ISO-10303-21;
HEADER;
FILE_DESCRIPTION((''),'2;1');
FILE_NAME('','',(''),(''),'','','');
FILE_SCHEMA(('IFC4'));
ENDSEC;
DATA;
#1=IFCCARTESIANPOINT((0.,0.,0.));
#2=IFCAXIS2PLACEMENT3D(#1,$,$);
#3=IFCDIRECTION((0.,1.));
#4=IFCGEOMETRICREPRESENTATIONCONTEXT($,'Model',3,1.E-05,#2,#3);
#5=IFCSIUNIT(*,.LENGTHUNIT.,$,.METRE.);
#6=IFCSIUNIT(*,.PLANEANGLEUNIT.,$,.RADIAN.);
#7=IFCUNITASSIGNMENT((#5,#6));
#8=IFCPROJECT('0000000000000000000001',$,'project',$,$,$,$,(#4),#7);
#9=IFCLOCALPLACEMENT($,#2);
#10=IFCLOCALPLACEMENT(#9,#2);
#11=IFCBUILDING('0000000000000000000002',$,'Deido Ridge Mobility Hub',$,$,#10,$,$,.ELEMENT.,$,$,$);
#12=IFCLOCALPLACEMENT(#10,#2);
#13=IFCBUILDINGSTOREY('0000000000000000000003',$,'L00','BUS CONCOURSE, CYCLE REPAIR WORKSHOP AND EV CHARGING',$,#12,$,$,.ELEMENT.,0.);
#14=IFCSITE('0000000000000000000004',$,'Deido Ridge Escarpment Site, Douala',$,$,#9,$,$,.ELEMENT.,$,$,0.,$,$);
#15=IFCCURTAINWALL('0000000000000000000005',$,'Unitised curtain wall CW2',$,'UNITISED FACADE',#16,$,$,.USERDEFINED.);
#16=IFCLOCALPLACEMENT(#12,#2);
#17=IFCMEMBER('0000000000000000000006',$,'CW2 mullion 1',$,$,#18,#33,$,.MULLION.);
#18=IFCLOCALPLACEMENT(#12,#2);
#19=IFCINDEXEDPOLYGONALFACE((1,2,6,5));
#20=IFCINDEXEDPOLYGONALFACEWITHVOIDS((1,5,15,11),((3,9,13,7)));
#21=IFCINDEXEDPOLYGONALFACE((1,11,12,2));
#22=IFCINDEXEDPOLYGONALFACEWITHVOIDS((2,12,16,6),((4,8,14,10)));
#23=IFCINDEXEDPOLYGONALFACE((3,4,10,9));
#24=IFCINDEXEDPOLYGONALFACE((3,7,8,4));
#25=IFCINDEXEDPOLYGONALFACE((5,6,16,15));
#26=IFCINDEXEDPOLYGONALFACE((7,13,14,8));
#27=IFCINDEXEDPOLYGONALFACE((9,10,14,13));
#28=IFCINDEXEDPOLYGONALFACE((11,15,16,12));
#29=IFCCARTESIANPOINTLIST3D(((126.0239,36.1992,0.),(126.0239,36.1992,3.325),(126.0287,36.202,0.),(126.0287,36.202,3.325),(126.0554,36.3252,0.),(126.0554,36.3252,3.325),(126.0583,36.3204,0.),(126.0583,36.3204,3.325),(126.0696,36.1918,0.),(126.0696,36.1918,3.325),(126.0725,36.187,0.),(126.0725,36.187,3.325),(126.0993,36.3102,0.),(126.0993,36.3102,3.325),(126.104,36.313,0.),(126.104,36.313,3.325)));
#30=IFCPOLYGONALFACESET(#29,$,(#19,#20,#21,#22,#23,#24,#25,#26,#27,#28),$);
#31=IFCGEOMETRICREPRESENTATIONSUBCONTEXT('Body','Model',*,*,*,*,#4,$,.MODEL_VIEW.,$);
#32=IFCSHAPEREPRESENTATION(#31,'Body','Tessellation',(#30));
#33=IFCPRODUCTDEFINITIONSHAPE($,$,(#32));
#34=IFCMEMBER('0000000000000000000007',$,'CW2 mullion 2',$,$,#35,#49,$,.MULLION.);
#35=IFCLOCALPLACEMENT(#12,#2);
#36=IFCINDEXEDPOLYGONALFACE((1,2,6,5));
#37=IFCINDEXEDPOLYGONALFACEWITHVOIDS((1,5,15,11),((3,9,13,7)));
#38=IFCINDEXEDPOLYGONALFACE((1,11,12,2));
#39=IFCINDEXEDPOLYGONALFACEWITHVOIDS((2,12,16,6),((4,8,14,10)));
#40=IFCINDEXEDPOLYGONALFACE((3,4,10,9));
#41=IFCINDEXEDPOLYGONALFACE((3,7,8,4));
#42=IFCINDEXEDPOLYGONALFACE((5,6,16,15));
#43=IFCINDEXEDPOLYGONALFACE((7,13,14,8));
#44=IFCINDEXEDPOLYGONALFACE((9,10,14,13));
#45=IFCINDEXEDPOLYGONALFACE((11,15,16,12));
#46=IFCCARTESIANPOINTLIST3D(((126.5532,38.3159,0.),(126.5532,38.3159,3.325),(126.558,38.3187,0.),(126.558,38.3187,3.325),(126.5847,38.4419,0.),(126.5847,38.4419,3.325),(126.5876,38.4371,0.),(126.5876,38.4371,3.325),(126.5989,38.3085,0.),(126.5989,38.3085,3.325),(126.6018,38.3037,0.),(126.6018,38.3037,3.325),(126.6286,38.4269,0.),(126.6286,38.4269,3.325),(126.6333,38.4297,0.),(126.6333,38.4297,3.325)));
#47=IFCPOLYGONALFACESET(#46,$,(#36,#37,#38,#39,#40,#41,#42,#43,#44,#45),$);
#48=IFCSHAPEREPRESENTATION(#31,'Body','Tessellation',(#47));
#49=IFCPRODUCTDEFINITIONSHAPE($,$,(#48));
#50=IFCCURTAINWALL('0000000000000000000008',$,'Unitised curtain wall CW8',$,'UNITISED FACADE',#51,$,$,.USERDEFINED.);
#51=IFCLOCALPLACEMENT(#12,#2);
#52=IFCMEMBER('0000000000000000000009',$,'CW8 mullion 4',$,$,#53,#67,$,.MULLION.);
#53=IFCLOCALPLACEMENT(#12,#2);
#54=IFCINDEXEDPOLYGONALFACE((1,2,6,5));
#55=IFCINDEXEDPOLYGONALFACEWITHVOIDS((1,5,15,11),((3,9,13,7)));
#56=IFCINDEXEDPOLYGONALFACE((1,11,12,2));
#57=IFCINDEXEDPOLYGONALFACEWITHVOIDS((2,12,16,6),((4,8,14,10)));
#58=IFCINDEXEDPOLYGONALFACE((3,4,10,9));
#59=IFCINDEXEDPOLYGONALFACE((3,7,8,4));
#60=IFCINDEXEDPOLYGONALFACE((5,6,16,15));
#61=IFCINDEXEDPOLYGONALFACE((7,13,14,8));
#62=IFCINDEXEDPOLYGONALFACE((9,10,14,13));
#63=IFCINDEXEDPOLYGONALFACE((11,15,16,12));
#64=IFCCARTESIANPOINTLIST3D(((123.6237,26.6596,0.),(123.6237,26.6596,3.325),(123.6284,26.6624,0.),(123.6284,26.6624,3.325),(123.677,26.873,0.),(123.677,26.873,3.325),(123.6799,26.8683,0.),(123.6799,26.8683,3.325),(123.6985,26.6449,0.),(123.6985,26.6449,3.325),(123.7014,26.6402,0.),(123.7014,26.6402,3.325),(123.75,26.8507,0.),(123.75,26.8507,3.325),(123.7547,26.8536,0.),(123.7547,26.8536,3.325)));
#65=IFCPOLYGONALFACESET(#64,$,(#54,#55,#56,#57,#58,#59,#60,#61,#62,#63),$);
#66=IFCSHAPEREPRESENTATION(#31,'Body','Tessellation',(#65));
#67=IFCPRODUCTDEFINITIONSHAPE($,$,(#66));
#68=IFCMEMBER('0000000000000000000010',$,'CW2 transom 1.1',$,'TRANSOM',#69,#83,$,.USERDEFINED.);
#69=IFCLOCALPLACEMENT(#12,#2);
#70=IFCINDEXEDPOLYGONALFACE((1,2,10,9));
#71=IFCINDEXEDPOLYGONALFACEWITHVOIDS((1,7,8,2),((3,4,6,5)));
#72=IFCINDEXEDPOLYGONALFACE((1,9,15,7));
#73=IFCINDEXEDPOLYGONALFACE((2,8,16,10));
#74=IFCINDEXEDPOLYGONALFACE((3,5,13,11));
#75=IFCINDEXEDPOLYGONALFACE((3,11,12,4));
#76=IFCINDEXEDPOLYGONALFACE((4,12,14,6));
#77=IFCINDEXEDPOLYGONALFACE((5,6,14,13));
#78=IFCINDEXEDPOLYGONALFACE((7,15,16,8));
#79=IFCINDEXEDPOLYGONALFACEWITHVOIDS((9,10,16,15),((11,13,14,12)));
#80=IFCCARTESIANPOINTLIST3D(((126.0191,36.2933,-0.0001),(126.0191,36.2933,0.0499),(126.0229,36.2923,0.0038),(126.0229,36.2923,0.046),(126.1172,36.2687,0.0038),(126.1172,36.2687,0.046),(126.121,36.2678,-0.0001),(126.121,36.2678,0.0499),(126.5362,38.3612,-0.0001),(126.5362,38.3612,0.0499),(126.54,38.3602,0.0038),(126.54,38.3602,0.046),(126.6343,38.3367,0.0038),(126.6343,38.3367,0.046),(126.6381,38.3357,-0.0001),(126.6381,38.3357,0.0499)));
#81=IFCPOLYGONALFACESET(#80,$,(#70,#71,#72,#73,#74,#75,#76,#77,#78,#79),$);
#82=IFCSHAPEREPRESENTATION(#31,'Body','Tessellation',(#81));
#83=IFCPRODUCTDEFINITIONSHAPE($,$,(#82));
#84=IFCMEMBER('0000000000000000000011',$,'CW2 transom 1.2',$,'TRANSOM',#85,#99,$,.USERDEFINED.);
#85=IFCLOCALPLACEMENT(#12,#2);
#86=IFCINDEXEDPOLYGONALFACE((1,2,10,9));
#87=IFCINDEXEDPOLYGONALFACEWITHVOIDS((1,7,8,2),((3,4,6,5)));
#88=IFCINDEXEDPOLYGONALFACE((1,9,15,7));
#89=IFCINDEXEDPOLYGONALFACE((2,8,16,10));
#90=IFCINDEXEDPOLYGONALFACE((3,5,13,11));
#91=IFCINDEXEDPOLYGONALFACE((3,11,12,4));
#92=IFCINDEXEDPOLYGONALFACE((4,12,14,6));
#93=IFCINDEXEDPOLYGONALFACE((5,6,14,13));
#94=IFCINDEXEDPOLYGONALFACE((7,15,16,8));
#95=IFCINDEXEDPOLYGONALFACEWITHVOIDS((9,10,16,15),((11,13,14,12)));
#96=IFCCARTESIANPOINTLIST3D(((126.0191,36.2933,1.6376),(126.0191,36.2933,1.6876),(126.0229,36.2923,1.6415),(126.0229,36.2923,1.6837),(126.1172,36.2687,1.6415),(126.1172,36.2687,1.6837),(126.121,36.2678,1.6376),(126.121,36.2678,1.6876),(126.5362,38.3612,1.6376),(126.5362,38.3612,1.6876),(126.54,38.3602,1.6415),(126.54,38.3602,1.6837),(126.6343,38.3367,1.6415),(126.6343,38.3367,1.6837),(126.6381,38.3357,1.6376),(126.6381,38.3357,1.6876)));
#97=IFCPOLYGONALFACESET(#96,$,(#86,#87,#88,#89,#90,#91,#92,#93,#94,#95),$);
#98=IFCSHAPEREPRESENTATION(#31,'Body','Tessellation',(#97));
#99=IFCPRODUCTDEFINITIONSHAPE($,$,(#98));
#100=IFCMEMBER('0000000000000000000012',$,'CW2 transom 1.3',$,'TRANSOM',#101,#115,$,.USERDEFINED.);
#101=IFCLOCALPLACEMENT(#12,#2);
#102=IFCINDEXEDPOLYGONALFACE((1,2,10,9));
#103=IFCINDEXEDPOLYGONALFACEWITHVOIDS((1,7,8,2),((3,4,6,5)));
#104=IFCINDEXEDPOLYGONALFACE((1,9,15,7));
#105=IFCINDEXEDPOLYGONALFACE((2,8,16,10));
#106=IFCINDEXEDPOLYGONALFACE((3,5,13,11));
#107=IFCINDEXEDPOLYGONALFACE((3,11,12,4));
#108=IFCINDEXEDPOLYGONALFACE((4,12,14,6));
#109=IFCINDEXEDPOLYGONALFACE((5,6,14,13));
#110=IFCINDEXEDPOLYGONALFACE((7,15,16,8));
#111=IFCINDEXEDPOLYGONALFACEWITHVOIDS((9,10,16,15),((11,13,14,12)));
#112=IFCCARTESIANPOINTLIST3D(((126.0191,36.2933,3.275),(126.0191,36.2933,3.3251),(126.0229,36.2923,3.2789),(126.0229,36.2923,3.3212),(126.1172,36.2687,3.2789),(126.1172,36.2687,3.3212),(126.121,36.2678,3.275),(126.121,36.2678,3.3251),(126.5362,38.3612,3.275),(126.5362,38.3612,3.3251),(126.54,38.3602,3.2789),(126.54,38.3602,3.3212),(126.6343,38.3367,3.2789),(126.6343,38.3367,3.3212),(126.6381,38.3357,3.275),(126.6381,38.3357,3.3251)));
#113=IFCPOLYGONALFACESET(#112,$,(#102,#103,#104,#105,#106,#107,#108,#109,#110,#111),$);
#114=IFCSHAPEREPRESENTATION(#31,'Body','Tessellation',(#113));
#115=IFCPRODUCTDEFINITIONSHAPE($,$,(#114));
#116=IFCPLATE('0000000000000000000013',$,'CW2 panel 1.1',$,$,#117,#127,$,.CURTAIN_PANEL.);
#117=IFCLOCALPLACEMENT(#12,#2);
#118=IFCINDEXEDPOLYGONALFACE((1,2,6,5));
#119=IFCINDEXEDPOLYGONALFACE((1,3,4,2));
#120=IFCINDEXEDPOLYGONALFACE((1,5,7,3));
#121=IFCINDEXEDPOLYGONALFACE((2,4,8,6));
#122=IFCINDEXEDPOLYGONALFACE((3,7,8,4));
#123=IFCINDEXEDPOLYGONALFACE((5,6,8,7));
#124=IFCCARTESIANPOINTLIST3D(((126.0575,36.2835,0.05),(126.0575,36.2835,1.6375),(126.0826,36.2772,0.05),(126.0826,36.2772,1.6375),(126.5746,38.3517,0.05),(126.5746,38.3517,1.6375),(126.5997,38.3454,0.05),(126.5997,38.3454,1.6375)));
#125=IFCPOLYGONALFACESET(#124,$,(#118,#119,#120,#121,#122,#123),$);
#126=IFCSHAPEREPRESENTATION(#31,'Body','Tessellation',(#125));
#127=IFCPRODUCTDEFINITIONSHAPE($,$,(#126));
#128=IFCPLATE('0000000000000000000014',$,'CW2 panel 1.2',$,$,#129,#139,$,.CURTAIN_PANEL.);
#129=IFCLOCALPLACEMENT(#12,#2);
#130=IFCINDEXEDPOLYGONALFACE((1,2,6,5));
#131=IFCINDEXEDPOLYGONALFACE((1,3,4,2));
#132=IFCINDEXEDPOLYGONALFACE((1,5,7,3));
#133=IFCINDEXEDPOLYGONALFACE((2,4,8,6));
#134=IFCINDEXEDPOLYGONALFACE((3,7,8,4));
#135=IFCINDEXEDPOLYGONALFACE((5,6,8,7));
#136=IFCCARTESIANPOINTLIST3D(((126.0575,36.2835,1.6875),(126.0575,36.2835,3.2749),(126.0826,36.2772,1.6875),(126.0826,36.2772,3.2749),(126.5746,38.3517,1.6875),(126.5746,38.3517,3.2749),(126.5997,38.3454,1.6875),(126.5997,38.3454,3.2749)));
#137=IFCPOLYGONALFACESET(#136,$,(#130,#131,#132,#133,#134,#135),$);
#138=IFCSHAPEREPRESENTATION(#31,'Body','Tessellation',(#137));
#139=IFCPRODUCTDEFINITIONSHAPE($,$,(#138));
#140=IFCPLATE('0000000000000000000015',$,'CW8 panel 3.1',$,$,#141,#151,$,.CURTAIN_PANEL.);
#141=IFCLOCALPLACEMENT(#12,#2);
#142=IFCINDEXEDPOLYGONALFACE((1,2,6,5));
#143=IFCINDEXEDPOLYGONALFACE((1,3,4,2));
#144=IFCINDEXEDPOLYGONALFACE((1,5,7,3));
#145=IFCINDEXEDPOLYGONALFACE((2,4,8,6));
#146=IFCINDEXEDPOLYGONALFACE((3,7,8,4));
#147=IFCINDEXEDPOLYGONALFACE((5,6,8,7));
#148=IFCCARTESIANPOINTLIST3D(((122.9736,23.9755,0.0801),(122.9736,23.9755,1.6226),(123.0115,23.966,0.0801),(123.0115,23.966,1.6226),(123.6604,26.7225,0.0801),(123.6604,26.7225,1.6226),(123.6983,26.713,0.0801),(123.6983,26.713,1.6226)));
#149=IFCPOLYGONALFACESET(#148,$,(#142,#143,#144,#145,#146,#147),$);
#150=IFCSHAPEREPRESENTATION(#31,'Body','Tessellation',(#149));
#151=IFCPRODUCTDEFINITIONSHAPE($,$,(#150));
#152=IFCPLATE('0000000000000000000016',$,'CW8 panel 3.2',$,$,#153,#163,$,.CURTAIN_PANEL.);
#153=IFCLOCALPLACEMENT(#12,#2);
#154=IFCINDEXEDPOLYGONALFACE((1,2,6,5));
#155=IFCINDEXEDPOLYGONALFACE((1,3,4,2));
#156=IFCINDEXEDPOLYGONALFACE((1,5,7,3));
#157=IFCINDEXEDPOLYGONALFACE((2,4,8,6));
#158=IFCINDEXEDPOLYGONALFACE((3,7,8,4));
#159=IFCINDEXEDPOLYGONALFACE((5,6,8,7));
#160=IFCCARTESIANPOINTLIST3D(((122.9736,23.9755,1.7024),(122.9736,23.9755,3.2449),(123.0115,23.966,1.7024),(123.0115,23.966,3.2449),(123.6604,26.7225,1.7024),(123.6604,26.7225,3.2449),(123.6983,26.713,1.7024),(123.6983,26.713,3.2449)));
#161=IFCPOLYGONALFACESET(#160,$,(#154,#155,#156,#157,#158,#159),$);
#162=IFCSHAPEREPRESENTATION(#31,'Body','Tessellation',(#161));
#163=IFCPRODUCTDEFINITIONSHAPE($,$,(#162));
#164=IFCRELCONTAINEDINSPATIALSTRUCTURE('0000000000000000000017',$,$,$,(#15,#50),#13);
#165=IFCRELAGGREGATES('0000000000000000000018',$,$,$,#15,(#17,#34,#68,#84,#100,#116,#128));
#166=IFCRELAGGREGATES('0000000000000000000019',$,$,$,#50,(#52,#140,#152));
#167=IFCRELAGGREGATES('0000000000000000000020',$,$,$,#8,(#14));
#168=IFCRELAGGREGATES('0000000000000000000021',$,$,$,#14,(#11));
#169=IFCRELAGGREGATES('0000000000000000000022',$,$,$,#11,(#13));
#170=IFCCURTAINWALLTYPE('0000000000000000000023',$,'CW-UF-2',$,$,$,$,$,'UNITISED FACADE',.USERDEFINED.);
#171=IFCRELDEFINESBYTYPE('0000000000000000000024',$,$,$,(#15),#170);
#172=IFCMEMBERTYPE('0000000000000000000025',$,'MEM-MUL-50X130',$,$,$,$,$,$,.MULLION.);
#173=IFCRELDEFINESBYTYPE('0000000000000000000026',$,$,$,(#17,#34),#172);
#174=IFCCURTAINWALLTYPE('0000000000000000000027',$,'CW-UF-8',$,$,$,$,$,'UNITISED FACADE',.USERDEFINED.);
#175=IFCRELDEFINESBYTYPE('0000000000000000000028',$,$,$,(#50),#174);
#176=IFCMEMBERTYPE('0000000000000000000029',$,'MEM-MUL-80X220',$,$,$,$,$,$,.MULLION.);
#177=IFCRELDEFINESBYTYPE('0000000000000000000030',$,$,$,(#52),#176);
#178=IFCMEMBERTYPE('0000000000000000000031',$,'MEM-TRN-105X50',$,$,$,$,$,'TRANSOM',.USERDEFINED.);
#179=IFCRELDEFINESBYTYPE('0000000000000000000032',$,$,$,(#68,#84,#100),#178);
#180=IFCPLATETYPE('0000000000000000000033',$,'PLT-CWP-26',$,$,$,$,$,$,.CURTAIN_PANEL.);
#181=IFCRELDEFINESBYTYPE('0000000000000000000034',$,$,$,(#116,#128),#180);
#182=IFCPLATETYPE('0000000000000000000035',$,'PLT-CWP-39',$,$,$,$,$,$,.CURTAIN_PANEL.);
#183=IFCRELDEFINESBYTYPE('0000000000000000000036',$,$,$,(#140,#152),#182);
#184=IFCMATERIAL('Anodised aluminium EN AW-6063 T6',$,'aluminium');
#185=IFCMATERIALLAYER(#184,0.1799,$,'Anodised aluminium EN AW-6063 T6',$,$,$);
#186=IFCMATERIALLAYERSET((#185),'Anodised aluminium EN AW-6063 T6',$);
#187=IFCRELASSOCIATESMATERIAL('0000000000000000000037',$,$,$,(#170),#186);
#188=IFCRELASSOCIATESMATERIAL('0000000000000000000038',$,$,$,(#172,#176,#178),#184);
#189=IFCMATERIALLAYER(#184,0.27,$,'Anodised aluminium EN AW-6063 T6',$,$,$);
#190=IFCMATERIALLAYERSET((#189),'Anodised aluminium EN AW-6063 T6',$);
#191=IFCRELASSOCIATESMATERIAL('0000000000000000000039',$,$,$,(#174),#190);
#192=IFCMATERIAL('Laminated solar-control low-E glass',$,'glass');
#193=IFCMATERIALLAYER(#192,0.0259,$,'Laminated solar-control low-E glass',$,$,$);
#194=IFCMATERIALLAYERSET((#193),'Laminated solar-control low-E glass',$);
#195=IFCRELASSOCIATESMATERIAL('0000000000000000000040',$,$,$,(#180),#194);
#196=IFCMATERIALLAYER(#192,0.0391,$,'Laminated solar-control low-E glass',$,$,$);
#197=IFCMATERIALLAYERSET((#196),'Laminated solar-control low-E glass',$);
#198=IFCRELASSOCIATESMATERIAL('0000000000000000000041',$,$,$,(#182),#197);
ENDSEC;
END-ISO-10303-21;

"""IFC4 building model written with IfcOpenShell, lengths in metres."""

from ifc_helpers import new_model, si_unit, direction, frame, origin, origin_2d, place, context, subcontext, project, spatial, rectangle, hollow_rectangle, extrude, material, layer, layer_set, material_profile, profile_set, type_object, element, aggregate, save


model = new_model("IFC4")

# Units and contexts
model_context = context("Model", 3, precision=1e-05, world=origin(), true_north=direction((0.0, 1.0)))
body_context = subcontext(model_context, "Body", "Model", "MODEL_VIEW")
ifc_project = project(units=[si_unit("LENGTHUNIT", "METRE"), si_unit("PLANEANGLEUNIT", "RADIAN")], contexts=[model_context])

# Site, building, storey
site_placement = place(None, origin())
site = spatial("IfcSite", under=ifc_project, at=site_placement, Name="Deido Ridge Escarpment Site, Douala", CompositionType="ELEMENT", RefElevation=0.0)
building_placement = place(site_placement, origin())
building = spatial("IfcBuilding", under=site, at=building_placement, Name="Deido Ridge Mobility Hub", CompositionType="ELEMENT")
storey_placement = place(building_placement, origin())
storey = spatial("IfcBuildingStorey", under=building, at=storey_placement, Name="L00", Description="BUS CONCOURSE, CYCLE REPAIR WORKSHOP AND EV CHARGING", CompositionType="ELEMENT", Elevation=0.0)

# Curtain wall, members
ifc_material_1 = material(Name="Anodised aluminium EN AW-6063 T6", Category="aluminium")
ifc_layer_1 = layer(ifc_material_1, 0.1799, Name="Anodised aluminium EN AW-6063 T6")
ifc_layer_set_1 = layer_set([ifc_layer_1], Name="Anodised aluminium EN AW-6063 T6")
curtain_wall_type_1 = type_object("IfcCurtainWallType", Name="CW-UF-2", ElementType="UNITISED FACADE", PredefinedType="USERDEFINED", material=ifc_layer_set_1)
curtain_wall_1_placement = place(storey_placement, origin())
curtain_wall_1 = element("IfcCurtainWall", 1, at=curtain_wall_1_placement, inside=storey, type_object=curtain_wall_type_1, Name="Unitised curtain wall CW2", ObjectType="UNITISED FACADE", PredefinedType="USERDEFINED")
ifc_material_profile_1 = material_profile(ifc_material_1, hollow_rectangle(XDim=0.05, YDim=0.1299, WallThickness=0.0039, at=origin_2d()), Name="RHS 50x130x4")
ifc_profile_set_1 = profile_set([ifc_material_profile_1], Name="Anodised aluminium EN AW-6063 T6")
member_type_1 = type_object("IfcMemberType", Name="MEM-MUL-50X130", PredefinedType="MULLION", material=ifc_profile_set_1)
member_1_placement = place(storey_placement, frame((126.064, 36.2561, 0.0), z_axis=(0.0, 0.0, 1.0), x_axis=(-0.970144, 0.24253, 0.0)))
member_1 = element("IfcMember", 2, at=member_1_placement, type_object=member_type_1, Name="CW2 mullion 1", PredefinedType="MULLION", context=body_context, shape_type="SweptSolid", body=[
    extrude(hollow_rectangle(XDim=0.05, YDim=0.1299, WallThickness=0.0039, at=origin_2d()), origin(), (0.0, 0.0, 1.0), 3.325),
])
member_2_placement = place(storey_placement, frame((126.5933, 38.3728, 0.0), z_axis=(0.0, 0.0, 1.0), x_axis=(-0.970144, 0.24253, 0.0)))
member_2 = element("IfcMember", 3, at=member_2_placement, type_object=member_type_1, Name="CW2 mullion 2", PredefinedType="MULLION", context=body_context, shape_type="SweptSolid", body=[
    extrude(hollow_rectangle(XDim=0.05, YDim=0.1299, WallThickness=0.0039, at=origin_2d()), origin(), (0.0, 0.0, 1.0), 3.325),
])

# Curtain wall, member
ifc_layer_2 = layer(ifc_material_1, 0.27, Name="Anodised aluminium EN AW-6063 T6")
ifc_layer_set_2 = layer_set([ifc_layer_2], Name="Anodised aluminium EN AW-6063 T6")
curtain_wall_type_2 = type_object("IfcCurtainWallType", Name="CW-UF-8", ElementType="UNITISED FACADE", PredefinedType="USERDEFINED", material=ifc_layer_set_2)
curtain_wall_2_placement = place(storey_placement, origin())
curtain_wall_2 = element("IfcCurtainWall", 4, at=curtain_wall_2_placement, inside=storey, type_object=curtain_wall_type_2, Name="Unitised curtain wall CW8", ObjectType="UNITISED FACADE", PredefinedType="USERDEFINED")
ifc_material_profile_2 = material_profile(ifc_material_1, hollow_rectangle(XDim=0.0801, YDim=0.22, WallThickness=0.0039, at=origin_2d()), Name="RHS 80x220x4")
ifc_profile_set_2 = profile_set([ifc_material_profile_2], Name="Anodised aluminium EN AW-6063 T6")
member_type_2 = type_object("IfcMemberType", Name="MEM-MUL-80X220", PredefinedType="MULLION", material=ifc_profile_set_2)
member_3_placement = place(storey_placement, frame((123.6892, 26.7566, 0.0), z_axis=(0.0, 0.0, 1.0), x_axis=(-0.970144, 0.24253, 0.0)))
member_3 = element("IfcMember", 5, at=member_3_placement, type_object=member_type_2, Name="CW8 mullion 4", PredefinedType="MULLION", context=body_context, shape_type="SweptSolid", body=[
    extrude(hollow_rectangle(XDim=0.0801, YDim=0.22, WallThickness=0.0039, at=origin_2d()), origin(), (0.0, 0.0, 1.0), 3.325),
])

# Members
ifc_material_profile_3 = material_profile(ifc_material_1, hollow_rectangle(XDim=0.105, YDim=0.05, WallThickness=0.0039, at=origin_2d()), Name="RHS 105x50x4")
ifc_profile_set_3 = profile_set([ifc_material_profile_3], Name="Anodised aluminium EN AW-6063 T6")
member_type_3 = type_object("IfcMemberType", Name="MEM-TRN-105X50", ElementType="TRANSOM", PredefinedType="USERDEFINED", material=ifc_profile_set_3)
member_4_placement = place(storey_placement, frame((126.0701, 36.2805, 0.0249), z_axis=(0.24259, 0.970129, 0.0), x_axis=(-0.970129, 0.24259, 0.0)))
member_4 = element("IfcMember", 6, at=member_4_placement, type_object=member_type_3, Name="CW2 transom 1.1", ObjectType="TRANSOM", PredefinedType="USERDEFINED", context=body_context, shape_type="SweptSolid", body=[
    extrude(hollow_rectangle(XDim=0.105, YDim=0.05, WallThickness=0.0039, at=origin_2d()), origin(), (0.0, 0.0, 1.0), 2.1316),
])
member_5_placement = place(storey_placement, frame((126.0701, 36.2805, 1.6626), z_axis=(0.24259, 0.970129, 0.0), x_axis=(-0.970129, 0.24259, 0.0)))
member_5 = element("IfcMember", 7, at=member_5_placement, type_object=member_type_3, Name="CW2 transom 1.2", ObjectType="TRANSOM", PredefinedType="USERDEFINED", context=body_context, shape_type="SweptSolid", body=[
    extrude(hollow_rectangle(XDim=0.105, YDim=0.05, WallThickness=0.0039, at=origin_2d()), origin(), (0.0, 0.0, 1.0), 2.1316),
])
member_6_placement = place(storey_placement, frame((126.0701, 36.2805, 3.3), z_axis=(0.24259, 0.970129, 0.0), x_axis=(-0.970129, 0.24259, 0.0)))
member_6 = element("IfcMember", 8, at=member_6_placement, type_object=member_type_3, Name="CW2 transom 1.3", ObjectType="TRANSOM", PredefinedType="USERDEFINED", context=body_context, shape_type="SweptSolid", body=[
    extrude(hollow_rectangle(XDim=0.105, YDim=0.05, WallThickness=0.0039, at=origin_2d()), origin(), (0.0, 0.0, 1.0), 2.1316),
])

# Plates
ifc_material_2 = material(Name="Laminated solar-control low-E glass", Category="glass")
ifc_layer_3 = layer(ifc_material_2, 0.0259, Name="Laminated solar-control low-E glass")
ifc_layer_set_3 = layer_set([ifc_layer_3], Name="Laminated solar-control low-E glass")
plate_type_1 = type_object("IfcPlateType", Name="PLT-CWP-26", PredefinedType="CURTAIN_PANEL", material=ifc_layer_set_3)
plate_1_placement = place(storey_placement, frame((126.3286, 37.3145, 0.05), z_axis=(0.0, 0.0, 1.0), x_axis=(0.24253, 0.970144, 0.0)))
plate_1 = element("IfcPlate", 9, at=plate_1_placement, type_object=plate_type_1, Name="CW2 panel 1.1", PredefinedType="CURTAIN_PANEL", context=body_context, shape_type="SweptSolid", body=[
    extrude(rectangle(XDim=2.1318, YDim=0.0259, at=origin_2d()), origin(), (0.0, 0.0, 1.0), 1.5874),
])
plate_2_placement = place(storey_placement, frame((126.3286, 37.3145, 1.6875), z_axis=(0.0, 0.0, 1.0), x_axis=(0.24253, 0.970144, 0.0)))
plate_2 = element("IfcPlate", 10, at=plate_2_placement, type_object=plate_type_1, Name="CW2 panel 1.2", PredefinedType="CURTAIN_PANEL", context=body_context, shape_type="SweptSolid", body=[
    extrude(rectangle(XDim=2.1318, YDim=0.0259, at=origin_2d()), origin(), (0.0, 0.0, 1.0), 1.5874),
])
aggregate(curtain_wall_1, [member_1, member_2, member_4, member_5, member_6, plate_1, plate_2])
ifc_layer_4 = layer(ifc_material_2, 0.0391, Name="Laminated solar-control low-E glass")
ifc_layer_set_4 = layer_set([ifc_layer_4], Name="Laminated solar-control low-E glass")
plate_type_2 = type_object("IfcPlateType", Name="PLT-CWP-39", PredefinedType="CURTAIN_PANEL", material=ifc_layer_set_4)
plate_3_placement = place(storey_placement, frame((123.3359, 25.3442, 0.0801), z_axis=(0.0, 0.0, 1.0), x_axis=(0.24253, 0.970144, 0.0)))
plate_3 = element("IfcPlate", 11, at=plate_3_placement, type_object=plate_type_2, Name="CW8 panel 3.1", PredefinedType="CURTAIN_PANEL", context=body_context, shape_type="SweptSolid", body=[
    extrude(rectangle(XDim=2.8315, YDim=0.0391, at=origin_2d()), origin(), (0.0, 0.0, 1.0), 1.5425),
])
plate_4_placement = place(storey_placement, frame((123.3359, 25.3442, 1.7024), z_axis=(0.0, 0.0, 1.0), x_axis=(0.24253, 0.970144, 0.0)))
plate_4 = element("IfcPlate", 12, at=plate_4_placement, type_object=plate_type_2, Name="CW8 panel 3.2", PredefinedType="CURTAIN_PANEL", context=body_context, shape_type="SweptSolid", body=[
    extrude(rectangle(XDim=2.8315, YDim=0.0391, at=origin_2d()), origin(), (0.0, 0.0, 1.0), 1.5425),
])
aggregate(curtain_wall_2, [member_3, plate_3, plate_4])

save(model, "model.ifc")
